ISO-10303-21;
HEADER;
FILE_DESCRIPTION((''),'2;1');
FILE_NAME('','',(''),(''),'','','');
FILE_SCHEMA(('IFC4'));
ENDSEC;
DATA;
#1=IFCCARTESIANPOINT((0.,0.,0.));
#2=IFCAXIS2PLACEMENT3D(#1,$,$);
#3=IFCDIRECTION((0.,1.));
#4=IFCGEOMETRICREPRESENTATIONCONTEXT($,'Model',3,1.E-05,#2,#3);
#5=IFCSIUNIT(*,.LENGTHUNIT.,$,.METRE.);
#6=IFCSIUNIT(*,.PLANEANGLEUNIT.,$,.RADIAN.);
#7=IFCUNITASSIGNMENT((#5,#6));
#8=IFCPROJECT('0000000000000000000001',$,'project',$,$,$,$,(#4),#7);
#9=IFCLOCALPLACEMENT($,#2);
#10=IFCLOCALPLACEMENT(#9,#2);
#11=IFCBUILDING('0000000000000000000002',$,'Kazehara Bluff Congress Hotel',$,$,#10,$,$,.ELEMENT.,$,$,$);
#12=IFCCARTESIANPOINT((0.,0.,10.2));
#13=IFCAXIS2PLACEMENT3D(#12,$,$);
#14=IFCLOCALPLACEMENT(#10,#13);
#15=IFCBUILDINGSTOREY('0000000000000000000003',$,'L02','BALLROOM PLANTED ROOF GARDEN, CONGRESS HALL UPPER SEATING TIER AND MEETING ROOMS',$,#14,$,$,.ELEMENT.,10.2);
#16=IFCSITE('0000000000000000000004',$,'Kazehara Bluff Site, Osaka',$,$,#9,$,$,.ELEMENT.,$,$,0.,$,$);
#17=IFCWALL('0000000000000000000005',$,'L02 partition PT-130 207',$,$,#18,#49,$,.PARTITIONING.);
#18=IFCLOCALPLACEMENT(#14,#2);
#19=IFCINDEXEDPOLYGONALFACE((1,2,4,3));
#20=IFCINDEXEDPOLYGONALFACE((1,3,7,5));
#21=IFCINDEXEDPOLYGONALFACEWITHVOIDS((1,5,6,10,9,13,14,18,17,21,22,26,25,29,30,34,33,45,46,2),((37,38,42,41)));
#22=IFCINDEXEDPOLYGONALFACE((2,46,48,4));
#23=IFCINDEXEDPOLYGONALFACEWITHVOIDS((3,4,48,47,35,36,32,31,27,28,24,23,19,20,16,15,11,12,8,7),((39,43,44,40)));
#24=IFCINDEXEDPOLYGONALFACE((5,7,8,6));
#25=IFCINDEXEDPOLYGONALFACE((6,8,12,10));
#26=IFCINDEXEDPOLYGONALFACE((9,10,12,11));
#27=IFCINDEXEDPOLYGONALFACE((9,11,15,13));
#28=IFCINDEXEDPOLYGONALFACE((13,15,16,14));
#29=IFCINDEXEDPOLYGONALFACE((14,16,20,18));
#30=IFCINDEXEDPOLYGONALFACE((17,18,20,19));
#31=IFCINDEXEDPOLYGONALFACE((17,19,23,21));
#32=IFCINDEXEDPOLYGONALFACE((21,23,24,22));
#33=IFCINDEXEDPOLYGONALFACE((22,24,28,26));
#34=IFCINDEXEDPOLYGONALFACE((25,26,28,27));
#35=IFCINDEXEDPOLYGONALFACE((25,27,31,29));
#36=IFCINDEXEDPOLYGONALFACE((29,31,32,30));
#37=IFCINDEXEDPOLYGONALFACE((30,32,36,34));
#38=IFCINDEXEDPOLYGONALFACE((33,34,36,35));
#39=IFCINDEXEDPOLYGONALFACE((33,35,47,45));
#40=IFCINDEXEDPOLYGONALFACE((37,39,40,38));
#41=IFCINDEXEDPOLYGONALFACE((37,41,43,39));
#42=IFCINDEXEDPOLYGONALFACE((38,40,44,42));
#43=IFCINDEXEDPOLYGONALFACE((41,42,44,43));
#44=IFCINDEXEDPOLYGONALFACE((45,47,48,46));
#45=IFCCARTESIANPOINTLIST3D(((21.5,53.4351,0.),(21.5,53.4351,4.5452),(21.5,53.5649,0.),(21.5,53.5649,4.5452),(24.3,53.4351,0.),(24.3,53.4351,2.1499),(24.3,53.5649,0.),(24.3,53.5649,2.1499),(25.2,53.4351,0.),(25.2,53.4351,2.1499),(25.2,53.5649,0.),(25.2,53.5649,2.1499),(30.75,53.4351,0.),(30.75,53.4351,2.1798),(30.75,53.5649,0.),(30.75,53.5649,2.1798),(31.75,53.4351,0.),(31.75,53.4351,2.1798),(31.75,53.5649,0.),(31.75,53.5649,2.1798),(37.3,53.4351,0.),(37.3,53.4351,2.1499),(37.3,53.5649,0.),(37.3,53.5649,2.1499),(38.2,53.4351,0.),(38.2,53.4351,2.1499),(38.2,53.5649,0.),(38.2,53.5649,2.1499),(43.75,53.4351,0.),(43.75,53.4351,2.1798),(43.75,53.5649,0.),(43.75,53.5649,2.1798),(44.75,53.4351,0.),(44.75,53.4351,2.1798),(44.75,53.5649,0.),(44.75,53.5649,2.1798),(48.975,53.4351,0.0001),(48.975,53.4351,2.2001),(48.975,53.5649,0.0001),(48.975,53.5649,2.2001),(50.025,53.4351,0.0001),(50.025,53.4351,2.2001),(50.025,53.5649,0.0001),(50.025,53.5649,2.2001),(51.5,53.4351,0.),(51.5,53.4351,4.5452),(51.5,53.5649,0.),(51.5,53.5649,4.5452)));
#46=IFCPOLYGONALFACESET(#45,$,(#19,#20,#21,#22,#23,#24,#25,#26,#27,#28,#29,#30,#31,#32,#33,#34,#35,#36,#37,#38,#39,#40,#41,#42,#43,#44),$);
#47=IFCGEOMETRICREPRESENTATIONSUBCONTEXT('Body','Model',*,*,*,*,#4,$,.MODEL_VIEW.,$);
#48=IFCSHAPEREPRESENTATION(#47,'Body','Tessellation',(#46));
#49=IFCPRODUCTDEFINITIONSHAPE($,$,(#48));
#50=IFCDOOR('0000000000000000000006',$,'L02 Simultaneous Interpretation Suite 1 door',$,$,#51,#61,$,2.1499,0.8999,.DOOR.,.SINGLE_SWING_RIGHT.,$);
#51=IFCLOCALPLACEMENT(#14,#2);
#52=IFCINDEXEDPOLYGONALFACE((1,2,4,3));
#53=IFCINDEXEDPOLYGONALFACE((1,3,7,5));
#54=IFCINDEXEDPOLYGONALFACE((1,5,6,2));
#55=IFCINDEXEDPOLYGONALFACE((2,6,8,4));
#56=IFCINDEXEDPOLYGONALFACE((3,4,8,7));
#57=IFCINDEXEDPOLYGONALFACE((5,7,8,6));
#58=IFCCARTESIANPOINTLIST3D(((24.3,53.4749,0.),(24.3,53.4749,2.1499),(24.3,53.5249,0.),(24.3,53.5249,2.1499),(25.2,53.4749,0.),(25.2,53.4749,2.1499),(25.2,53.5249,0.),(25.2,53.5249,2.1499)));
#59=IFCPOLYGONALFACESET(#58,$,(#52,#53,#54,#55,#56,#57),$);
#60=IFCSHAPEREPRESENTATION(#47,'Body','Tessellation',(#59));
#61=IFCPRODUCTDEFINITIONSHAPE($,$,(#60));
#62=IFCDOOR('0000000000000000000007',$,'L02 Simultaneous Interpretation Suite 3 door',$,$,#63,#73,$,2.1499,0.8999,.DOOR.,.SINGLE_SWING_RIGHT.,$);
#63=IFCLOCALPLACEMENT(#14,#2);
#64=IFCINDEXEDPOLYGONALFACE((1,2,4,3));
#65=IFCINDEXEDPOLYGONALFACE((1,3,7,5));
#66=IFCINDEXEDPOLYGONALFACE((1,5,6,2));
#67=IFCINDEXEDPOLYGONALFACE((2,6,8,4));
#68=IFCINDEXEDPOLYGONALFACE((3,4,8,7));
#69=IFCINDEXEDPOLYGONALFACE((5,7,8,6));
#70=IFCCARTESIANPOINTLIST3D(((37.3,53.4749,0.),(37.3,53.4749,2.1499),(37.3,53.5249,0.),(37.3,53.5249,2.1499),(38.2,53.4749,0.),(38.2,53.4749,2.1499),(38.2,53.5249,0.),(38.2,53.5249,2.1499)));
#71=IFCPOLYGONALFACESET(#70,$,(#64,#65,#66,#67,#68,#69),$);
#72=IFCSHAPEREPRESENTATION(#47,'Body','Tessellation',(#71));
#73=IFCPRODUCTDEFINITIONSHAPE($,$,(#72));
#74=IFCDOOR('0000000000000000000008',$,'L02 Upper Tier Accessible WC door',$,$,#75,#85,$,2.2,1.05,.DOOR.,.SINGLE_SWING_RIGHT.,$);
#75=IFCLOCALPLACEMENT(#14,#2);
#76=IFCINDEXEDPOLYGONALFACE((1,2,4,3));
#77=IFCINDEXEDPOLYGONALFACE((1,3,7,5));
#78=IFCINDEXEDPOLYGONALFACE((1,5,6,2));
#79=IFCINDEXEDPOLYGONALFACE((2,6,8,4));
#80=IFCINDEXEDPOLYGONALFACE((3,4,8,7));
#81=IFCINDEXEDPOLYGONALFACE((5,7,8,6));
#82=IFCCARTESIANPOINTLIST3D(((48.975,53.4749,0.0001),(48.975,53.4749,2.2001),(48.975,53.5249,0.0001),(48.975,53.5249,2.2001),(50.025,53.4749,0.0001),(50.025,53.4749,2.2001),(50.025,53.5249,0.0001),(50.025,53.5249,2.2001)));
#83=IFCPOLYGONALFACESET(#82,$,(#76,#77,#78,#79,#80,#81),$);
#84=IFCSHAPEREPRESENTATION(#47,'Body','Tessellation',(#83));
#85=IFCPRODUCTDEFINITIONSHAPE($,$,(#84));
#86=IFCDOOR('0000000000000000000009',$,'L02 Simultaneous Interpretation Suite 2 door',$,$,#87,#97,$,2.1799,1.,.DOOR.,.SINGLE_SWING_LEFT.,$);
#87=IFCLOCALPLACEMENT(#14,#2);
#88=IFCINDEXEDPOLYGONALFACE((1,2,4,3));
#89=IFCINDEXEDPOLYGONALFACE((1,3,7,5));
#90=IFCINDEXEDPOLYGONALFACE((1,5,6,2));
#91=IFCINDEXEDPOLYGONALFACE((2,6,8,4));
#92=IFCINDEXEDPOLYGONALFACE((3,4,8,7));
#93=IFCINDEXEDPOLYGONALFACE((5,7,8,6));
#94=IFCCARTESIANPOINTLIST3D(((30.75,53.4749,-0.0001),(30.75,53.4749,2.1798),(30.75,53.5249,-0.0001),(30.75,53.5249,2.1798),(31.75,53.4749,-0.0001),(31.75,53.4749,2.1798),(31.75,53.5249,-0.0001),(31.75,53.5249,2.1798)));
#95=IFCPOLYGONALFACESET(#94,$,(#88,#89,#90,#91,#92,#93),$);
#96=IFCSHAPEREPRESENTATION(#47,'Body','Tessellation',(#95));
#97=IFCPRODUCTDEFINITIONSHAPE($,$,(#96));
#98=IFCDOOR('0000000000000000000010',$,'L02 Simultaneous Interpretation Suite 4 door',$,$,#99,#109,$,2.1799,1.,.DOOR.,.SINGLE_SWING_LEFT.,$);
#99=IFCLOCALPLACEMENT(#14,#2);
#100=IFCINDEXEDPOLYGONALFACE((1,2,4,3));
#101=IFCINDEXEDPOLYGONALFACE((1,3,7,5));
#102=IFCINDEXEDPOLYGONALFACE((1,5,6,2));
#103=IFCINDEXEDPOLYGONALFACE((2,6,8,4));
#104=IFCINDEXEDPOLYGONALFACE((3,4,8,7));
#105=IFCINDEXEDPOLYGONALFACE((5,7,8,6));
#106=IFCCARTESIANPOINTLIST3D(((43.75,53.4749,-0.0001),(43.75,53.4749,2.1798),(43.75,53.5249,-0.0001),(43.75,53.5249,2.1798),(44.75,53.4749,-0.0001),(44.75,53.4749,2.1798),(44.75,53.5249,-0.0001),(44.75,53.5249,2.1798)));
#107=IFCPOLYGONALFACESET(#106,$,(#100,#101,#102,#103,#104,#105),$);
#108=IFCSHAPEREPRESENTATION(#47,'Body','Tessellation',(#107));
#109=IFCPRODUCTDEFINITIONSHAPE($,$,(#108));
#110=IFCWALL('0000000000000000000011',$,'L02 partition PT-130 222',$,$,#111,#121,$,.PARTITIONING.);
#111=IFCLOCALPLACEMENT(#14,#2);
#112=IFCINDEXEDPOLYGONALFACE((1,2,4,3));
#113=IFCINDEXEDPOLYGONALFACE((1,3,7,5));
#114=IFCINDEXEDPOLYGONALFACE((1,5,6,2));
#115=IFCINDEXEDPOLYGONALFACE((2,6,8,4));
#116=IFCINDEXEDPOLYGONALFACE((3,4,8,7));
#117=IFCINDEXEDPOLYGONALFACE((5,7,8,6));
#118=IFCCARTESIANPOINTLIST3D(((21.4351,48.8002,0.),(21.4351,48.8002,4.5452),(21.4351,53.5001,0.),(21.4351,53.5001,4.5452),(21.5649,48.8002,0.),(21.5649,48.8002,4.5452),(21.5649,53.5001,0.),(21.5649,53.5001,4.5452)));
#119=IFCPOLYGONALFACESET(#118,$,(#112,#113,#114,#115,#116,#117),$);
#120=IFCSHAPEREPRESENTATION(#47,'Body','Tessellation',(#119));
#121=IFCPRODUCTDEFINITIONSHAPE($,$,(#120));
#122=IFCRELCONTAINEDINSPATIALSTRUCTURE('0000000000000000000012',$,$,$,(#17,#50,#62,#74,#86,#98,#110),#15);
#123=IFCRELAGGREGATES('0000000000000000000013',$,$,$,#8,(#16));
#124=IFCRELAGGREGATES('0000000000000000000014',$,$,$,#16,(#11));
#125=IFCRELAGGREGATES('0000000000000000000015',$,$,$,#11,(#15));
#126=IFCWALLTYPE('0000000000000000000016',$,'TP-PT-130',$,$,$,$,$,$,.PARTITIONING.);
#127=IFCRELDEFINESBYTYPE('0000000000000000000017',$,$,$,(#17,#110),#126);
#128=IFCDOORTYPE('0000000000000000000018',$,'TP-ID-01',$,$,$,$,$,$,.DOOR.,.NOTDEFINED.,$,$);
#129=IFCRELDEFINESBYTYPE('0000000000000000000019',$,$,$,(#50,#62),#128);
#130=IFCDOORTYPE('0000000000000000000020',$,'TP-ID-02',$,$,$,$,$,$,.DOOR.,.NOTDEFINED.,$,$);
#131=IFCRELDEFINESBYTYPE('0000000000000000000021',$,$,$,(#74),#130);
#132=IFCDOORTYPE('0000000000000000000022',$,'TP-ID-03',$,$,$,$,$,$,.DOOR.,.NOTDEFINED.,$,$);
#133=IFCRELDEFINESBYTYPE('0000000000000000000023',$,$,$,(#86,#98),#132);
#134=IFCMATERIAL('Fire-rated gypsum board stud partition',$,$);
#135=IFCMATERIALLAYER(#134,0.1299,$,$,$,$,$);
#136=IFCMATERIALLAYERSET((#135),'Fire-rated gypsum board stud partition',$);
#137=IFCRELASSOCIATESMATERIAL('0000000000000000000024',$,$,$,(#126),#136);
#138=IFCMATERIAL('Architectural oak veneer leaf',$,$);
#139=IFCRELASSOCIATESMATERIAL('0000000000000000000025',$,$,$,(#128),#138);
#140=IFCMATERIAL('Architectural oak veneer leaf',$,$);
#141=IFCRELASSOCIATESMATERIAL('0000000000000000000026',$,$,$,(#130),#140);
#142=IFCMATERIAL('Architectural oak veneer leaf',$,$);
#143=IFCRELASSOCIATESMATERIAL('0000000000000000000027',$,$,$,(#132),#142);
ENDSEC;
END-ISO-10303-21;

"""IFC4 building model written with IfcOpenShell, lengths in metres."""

from ifc_helpers import new_model, si_unit, direction, frame, frame_2d, origin, place, context, subcontext, project, spatial, rectangle, extrude, material, layer, layer_set, type_object, element, fill, save


model = new_model("IFC4")

# Units and contexts
model_context = context("Model", 3, precision=1e-05, world=origin(), true_north=direction((0.0, 1.0)))
body_context = subcontext(model_context, "Body", "Model", "MODEL_VIEW")
ifc_project = project(units=[si_unit("LENGTHUNIT", "METRE"), si_unit("PLANEANGLEUNIT", "RADIAN")], contexts=[model_context])

# Site, building, storey
site_placement = place(None, origin())
site = spatial("IfcSite", under=ifc_project, at=site_placement, Name="Kazehara Bluff Site, Osaka", CompositionType="ELEMENT", RefElevation=0.0)
building_placement = place(site_placement, origin())
building = spatial("IfcBuilding", under=site, at=building_placement, Name="Kazehara Bluff Congress Hotel", CompositionType="ELEMENT")
storey_placement = place(building_placement, frame((0.0, 0.0, 10.2)))
storey = spatial("IfcBuildingStorey", under=building, at=storey_placement, Name="L02", Description="BALLROOM PLANTED ROOF GARDEN, CONGRESS HALL UPPER SEATING TIER AND MEETING ROOMS", CompositionType="ELEMENT", Elevation=10.2)

# Wall, openings, doors
ifc_material_1 = material(Name="Fire-rated gypsum board stud partition")
ifc_layer_1 = layer(ifc_material_1, 0.1299)
ifc_layer_set_1 = layer_set([ifc_layer_1], Name="Fire-rated gypsum board stud partition")
wall_type_1 = type_object("IfcWallType", Name="TP-PT-130", PredefinedType="PARTITIONING", material=ifc_layer_set_1)
wall_1_placement = place(storey_placement, frame((21.5, 53.5, 0.0), z_axis=(0.0, 0.0, 1.0), x_axis=(1.0, 0.0, 0.0)))
wall_1 = element("IfcWall", 1, at=wall_1_placement, inside=storey, type_object=wall_type_1, Name="L02 partition PT-130 207", PredefinedType="PARTITIONING", context=body_context, shape_type="SweptSolid", body=[
    extrude(rectangle(XDim=30.0, YDim=0.1299, at=frame_2d((15.0, 0.0))), origin(), (0.0, 0.0, 1.0), 4.5452),
])
opening_1_placement = place(wall_1_placement, frame((2.8, 0.0, 0.0)))
opening_1 = element("IfcOpeningElement", 2, at=opening_1_placement, cuts=wall_1, PredefinedType="OPENING", context=body_context, shape_type="SweptSolid", body=[
    extrude(rectangle(XDim=0.8999, YDim=2.1499, at=frame_2d((0.45, 1.075))), frame((0.0, 0.075, 0.0), z_axis=(0.0, -1.0, 0.0), x_axis=(1.0, 0.0, 0.0)), (0.0, 0.0, 1.0), 0.1499),
])
opening_2_placement = place(wall_1_placement, frame((9.25, 0.0, 0.0)))
opening_2 = element("IfcOpeningElement", 3, at=opening_2_placement, cuts=wall_1, PredefinedType="OPENING", context=body_context, shape_type="SweptSolid", body=[
    extrude(rectangle(XDim=1.0, YDim=2.1799, at=frame_2d((0.5, 1.0898))), frame((0.0, 0.075, 0.0), z_axis=(0.0, -1.0, 0.0), x_axis=(1.0, 0.0, 0.0)), (0.0, 0.0, 1.0), 0.1499),
])
opening_3_placement = place(wall_1_placement, frame((15.8, 0.0, 0.0)))
opening_3 = element("IfcOpeningElement", 4, at=opening_3_placement, cuts=wall_1, PredefinedType="OPENING", context=body_context, shape_type="SweptSolid", body=[
    extrude(rectangle(XDim=0.8999, YDim=2.1499, at=frame_2d((0.45, 1.075))), frame((0.0, 0.075, 0.0), z_axis=(0.0, -1.0, 0.0), x_axis=(1.0, 0.0, 0.0)), (0.0, 0.0, 1.0), 0.1499),
])
opening_4_placement = place(wall_1_placement, frame((22.25, 0.0, 0.0)))
opening_4 = element("IfcOpeningElement", 5, at=opening_4_placement, cuts=wall_1, PredefinedType="OPENING", context=body_context, shape_type="SweptSolid", body=[
    extrude(rectangle(XDim=1.0, YDim=2.1799, at=frame_2d((0.5, 1.0898))), frame((0.0, 0.075, 0.0), z_axis=(0.0, -1.0, 0.0), x_axis=(1.0, 0.0, 0.0)), (0.0, 0.0, 1.0), 0.1499),
])
opening_5_placement = place(wall_1_placement, frame((27.4751, 0.0, 0.0)))
opening_5 = element("IfcOpeningElement", 6, at=opening_5_placement, cuts=wall_1, PredefinedType="OPENING", context=body_context, shape_type="SweptSolid", body=[
    extrude(rectangle(XDim=1.05, YDim=2.2, at=frame_2d((0.5249, 1.1001))), frame((0.0, 0.075, 0.0), z_axis=(0.0, -1.0, 0.0), x_axis=(1.0, 0.0, 0.0)), (0.0, 0.0, 1.0), 0.1499),
])
ifc_material_2 = material(Name="Architectural oak veneer leaf")
door_type_1 = type_object("IfcDoorType", Name="TP-ID-01", OperationType="NOTDEFINED", PredefinedType="DOOR", material=ifc_material_2)
door_1_placement = place(opening_1_placement, origin())
door_1 = element("IfcDoor", 7, at=door_1_placement, inside=storey, type_object=door_type_1, Name="L02 Simultaneous Interpretation Suite 1 door", OperationType="SINGLE_SWING_RIGHT", OverallHeight=2.1499, OverallWidth=0.8999, PredefinedType="DOOR", context=body_context, shape_type="SweptSolid", body=[
    extrude(rectangle(XDim=0.8999, YDim=2.1499, at=frame_2d((0.45, 1.075))), frame((0.0, 0.0249, 0.0), z_axis=(0.0, -1.0, 0.0), x_axis=(1.0, 0.0, 0.0)), (0.0, 0.0, 1.0), 0.05),
])
fill(opening_1, door_1)
door_2_placement = place(opening_3_placement, origin())
door_2 = element("IfcDoor", 8, at=door_2_placement, inside=storey, type_object=door_type_1, Name="L02 Simultaneous Interpretation Suite 3 door", OperationType="SINGLE_SWING_RIGHT", OverallHeight=2.1499, OverallWidth=0.8999, PredefinedType="DOOR", context=body_context, shape_type="SweptSolid", body=[
    extrude(rectangle(XDim=0.8999, YDim=2.1499, at=frame_2d((0.45, 1.075))), frame((0.0, 0.0249, 0.0), z_axis=(0.0, -1.0, 0.0), x_axis=(1.0, 0.0, 0.0)), (0.0, 0.0, 1.0), 0.05),
])
fill(opening_3, door_2)
ifc_material_3 = material(Name="Architectural oak veneer leaf")
door_type_2 = type_object("IfcDoorType", Name="TP-ID-02", OperationType="NOTDEFINED", PredefinedType="DOOR", material=ifc_material_3)
door_3_placement = place(opening_5_placement, origin())
door_3 = element("IfcDoor", 9, at=door_3_placement, inside=storey, type_object=door_type_2, Name="L02 Upper Tier Accessible WC door", OperationType="SINGLE_SWING_RIGHT", OverallHeight=2.2, OverallWidth=1.05, PredefinedType="DOOR", context=body_context, shape_type="SweptSolid", body=[
    extrude(rectangle(XDim=1.05, YDim=2.2, at=frame_2d((0.5249, 1.1001))), frame((0.0, 0.0249, 0.0), z_axis=(0.0, -1.0, 0.0), x_axis=(1.0, 0.0, 0.0)), (0.0, 0.0, 1.0), 0.05),
])
fill(opening_5, door_3)
ifc_material_4 = material(Name="Architectural oak veneer leaf")
door_type_3 = type_object("IfcDoorType", Name="TP-ID-03", OperationType="NOTDEFINED", PredefinedType="DOOR", material=ifc_material_4)
door_4_placement = place(opening_2_placement, origin())
door_4 = element("IfcDoor", 10, at=door_4_placement, inside=storey, type_object=door_type_3, Name="L02 Simultaneous Interpretation Suite 2 door", OperationType="SINGLE_SWING_LEFT", OverallHeight=2.1799, OverallWidth=1.0, PredefinedType="DOOR", context=body_context, shape_type="SweptSolid", body=[
    extrude(rectangle(XDim=1.0, YDim=2.1799, at=frame_2d((0.5, 1.0898))), frame((0.0, 0.0249, 0.0), z_axis=(0.0, -1.0, 0.0), x_axis=(1.0, 0.0, 0.0)), (0.0, 0.0, 1.0), 0.05),
])
fill(opening_2, door_4)
door_5_placement = place(opening_4_placement, origin())
door_5 = element("IfcDoor", 11, at=door_5_placement, inside=storey, type_object=door_type_3, Name="L02 Simultaneous Interpretation Suite 4 door", OperationType="SINGLE_SWING_LEFT", OverallHeight=2.1799, OverallWidth=1.0, PredefinedType="DOOR", context=body_context, shape_type="SweptSolid", body=[
    extrude(rectangle(XDim=1.0, YDim=2.1799, at=frame_2d((0.5, 1.0898))), frame((0.0, 0.0249, 0.0), z_axis=(0.0, -1.0, 0.0), x_axis=(1.0, 0.0, 0.0)), (0.0, 0.0, 1.0), 0.05),
])
fill(opening_4, door_5)

# Wall
wall_2_placement = place(storey_placement, frame((21.5, 48.8, 0.0), z_axis=(0.0, 0.0, 1.0), x_axis=(0.0, 1.0, 0.0)))
element("IfcWall", 12, at=wall_2_placement, inside=storey, type_object=wall_type_1, Name="L02 partition PT-130 222", PredefinedType="PARTITIONING", context=body_context, shape_type="SweptSolid", body=[
    extrude(rectangle(XDim=4.7, YDim=0.1299, at=frame_2d((2.3501, 0.0))), origin(), (0.0, 0.0, 1.0), 4.5452),
])

save(model, "model.ifc")
